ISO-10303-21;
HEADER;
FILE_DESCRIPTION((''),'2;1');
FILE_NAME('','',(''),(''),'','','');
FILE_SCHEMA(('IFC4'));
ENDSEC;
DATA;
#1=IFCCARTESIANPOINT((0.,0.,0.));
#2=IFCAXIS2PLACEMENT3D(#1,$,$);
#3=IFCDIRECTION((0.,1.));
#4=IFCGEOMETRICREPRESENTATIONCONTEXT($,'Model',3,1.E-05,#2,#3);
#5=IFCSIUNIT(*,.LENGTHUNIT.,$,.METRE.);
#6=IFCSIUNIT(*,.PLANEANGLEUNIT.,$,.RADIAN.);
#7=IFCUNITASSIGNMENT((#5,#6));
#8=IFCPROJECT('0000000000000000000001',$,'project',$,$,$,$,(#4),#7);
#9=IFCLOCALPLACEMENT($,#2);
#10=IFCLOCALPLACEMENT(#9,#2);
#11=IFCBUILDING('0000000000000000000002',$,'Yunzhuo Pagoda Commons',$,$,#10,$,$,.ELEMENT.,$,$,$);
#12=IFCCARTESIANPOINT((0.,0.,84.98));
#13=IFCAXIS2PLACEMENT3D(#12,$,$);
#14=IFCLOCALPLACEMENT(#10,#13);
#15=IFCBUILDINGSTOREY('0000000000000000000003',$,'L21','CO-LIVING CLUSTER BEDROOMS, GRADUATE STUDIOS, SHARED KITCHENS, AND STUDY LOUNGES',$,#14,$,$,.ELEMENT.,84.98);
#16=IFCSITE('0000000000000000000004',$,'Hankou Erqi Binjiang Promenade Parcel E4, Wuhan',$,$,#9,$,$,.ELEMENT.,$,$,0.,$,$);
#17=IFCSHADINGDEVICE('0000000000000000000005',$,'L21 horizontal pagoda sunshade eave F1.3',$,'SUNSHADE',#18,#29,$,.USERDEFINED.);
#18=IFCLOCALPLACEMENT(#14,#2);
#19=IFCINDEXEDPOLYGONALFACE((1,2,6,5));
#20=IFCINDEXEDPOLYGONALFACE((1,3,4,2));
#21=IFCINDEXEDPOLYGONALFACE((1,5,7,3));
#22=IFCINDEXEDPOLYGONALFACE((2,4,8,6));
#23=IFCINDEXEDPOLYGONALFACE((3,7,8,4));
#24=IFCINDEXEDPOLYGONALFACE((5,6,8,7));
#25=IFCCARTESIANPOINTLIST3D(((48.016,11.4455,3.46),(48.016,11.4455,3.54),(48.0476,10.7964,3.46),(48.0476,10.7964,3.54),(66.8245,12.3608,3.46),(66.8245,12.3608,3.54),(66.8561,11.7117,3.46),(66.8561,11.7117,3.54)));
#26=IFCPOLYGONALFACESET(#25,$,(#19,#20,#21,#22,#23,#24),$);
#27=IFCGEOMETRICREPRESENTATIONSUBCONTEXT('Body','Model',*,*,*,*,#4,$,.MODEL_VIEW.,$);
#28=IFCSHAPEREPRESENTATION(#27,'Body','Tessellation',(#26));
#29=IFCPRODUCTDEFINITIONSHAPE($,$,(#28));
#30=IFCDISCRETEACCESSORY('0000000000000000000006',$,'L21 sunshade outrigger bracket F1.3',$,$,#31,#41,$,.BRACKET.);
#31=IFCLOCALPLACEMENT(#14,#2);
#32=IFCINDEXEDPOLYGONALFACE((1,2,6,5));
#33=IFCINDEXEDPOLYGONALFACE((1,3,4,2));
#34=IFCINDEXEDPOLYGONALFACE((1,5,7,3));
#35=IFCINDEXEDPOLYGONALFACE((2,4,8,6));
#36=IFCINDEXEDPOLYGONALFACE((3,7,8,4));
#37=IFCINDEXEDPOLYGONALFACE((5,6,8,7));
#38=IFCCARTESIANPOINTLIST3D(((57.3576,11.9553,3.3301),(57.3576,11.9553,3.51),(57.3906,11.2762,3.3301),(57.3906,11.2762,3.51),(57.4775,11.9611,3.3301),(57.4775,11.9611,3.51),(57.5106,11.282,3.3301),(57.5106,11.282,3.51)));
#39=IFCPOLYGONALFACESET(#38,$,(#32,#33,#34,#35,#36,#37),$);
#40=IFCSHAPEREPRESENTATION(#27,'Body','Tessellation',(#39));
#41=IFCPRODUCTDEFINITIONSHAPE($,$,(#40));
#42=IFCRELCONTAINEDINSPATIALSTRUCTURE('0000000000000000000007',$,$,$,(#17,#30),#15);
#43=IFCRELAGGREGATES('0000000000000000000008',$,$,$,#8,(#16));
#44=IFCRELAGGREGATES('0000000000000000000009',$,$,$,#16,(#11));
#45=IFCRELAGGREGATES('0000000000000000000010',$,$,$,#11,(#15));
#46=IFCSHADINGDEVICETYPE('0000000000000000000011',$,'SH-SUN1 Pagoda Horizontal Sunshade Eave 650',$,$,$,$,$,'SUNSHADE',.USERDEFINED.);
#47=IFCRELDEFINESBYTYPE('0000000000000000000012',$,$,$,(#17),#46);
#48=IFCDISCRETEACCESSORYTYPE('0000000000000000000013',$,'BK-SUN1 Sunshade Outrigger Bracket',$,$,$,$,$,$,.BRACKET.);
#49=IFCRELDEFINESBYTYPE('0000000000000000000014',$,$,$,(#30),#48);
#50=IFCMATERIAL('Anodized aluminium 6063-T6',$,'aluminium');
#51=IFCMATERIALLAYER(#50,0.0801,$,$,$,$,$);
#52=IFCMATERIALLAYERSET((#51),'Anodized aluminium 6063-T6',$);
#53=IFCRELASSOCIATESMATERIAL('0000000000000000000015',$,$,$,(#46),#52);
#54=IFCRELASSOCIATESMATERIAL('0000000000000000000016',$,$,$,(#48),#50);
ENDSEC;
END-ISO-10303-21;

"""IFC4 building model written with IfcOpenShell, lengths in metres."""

from ifc_helpers import new_model, si_unit, direction, frame, origin, origin_2d, place, context, subcontext, project, spatial, rectangle, extrude, source, transform, mapped, material, layer, layer_set, type_object, element, save


model = new_model("IFC4")

# Units and contexts
model_context = context("Model", 3, precision=1e-05, world=origin(), true_north=direction((0.0, 1.0)))
body_context = subcontext(model_context, "Body", "Model", "MODEL_VIEW")
ifc_project = project(units=[si_unit("LENGTHUNIT", "METRE"), si_unit("PLANEANGLEUNIT", "RADIAN")], contexts=[model_context])

# Site, building, storey
site_placement = place(None, origin())
site = spatial("IfcSite", under=ifc_project, at=site_placement, Name="Hankou Erqi Binjiang Promenade Parcel E4, Wuhan", CompositionType="ELEMENT", RefElevation=0.0)
building_placement = place(site_placement, origin())
building = spatial("IfcBuilding", under=site, at=building_placement, Name="Yunzhuo Pagoda Commons", CompositionType="ELEMENT")
storey_placement = place(building_placement, frame((0.0, 0.0, 84.98)))
storey = spatial("IfcBuildingStorey", under=building, at=storey_placement, Name="L21", Description="CO-LIVING CLUSTER BEDROOMS, GRADUATE STUDIOS, SHARED KITCHENS, AND STUDY LOUNGES", CompositionType="ELEMENT", Elevation=84.98)

# Shared definitions
ifc_material_1 = material(Name="Anodized aluminium 6063-T6", Category="aluminium")

# Shading device
ifc_layer_1 = layer(ifc_material_1, 0.0801)
ifc_layer_set_1 = layer_set([ifc_layer_1], Name="Anodized aluminium 6063-T6")
shading_device_type = type_object("IfcShadingDeviceType", Name="SH-SUN1 Pagoda Horizontal Sunshade Eave 650", ElementType="SUNSHADE", PredefinedType="USERDEFINED", material=ifc_layer_set_1)
shared_shape_1 = source(origin(), body_context, "Body", "SweptSolid", [
    extrude(rectangle(XDim=18.8308, YDim=0.6499, at=origin_2d()), origin(), (0.0, 0.0, 1.0), 0.0801),
])
shading_device_placement = place(storey_placement, frame((57.436, 11.5786, 3.46), z_axis=(0.0, 0.0, 1.0), x_axis=(0.998818, 0.048606, 0.0)))
element("IfcShadingDevice", 1, at=shading_device_placement, inside=storey, type_object=shading_device_type, Name="L21 horizontal pagoda sunshade eave F1.3", ObjectType="SUNSHADE", PredefinedType="USERDEFINED", context=body_context, shape_type="MappedRepresentation", body=[
    mapped(shared_shape_1, transform((0.0, 0.0, 0.0), scale=1.0)),
])

# Discrete accessory
discrete_accessory_type = type_object("IfcDiscreteAccessoryType", Name="BK-SUN1 Sunshade Outrigger Bracket", PredefinedType="BRACKET", material=ifc_material_1)
shared_shape_2 = source(origin(), body_context, "Body", "SweptSolid", [
    extrude(rectangle(XDim=0.1201, YDim=0.6799, at=origin_2d()), origin(), (0.0, 0.0, 1.0), 0.1799),
])
discrete_accessory_placement = place(storey_placement, frame((57.4341, 11.6187, 3.3301), z_axis=(0.0, 0.0, 1.0), x_axis=(0.998818, 0.048606, 0.0)))
element("IfcDiscreteAccessory", 2, at=discrete_accessory_placement, inside=storey, type_object=discrete_accessory_type, Name="L21 sunshade outrigger bracket F1.3", PredefinedType="BRACKET", context=body_context, shape_type="MappedRepresentation", body=[
    mapped(shared_shape_2, transform((0.0, 0.0, 0.0), scale=1.0)),
])

save(model, "model.ifc")
